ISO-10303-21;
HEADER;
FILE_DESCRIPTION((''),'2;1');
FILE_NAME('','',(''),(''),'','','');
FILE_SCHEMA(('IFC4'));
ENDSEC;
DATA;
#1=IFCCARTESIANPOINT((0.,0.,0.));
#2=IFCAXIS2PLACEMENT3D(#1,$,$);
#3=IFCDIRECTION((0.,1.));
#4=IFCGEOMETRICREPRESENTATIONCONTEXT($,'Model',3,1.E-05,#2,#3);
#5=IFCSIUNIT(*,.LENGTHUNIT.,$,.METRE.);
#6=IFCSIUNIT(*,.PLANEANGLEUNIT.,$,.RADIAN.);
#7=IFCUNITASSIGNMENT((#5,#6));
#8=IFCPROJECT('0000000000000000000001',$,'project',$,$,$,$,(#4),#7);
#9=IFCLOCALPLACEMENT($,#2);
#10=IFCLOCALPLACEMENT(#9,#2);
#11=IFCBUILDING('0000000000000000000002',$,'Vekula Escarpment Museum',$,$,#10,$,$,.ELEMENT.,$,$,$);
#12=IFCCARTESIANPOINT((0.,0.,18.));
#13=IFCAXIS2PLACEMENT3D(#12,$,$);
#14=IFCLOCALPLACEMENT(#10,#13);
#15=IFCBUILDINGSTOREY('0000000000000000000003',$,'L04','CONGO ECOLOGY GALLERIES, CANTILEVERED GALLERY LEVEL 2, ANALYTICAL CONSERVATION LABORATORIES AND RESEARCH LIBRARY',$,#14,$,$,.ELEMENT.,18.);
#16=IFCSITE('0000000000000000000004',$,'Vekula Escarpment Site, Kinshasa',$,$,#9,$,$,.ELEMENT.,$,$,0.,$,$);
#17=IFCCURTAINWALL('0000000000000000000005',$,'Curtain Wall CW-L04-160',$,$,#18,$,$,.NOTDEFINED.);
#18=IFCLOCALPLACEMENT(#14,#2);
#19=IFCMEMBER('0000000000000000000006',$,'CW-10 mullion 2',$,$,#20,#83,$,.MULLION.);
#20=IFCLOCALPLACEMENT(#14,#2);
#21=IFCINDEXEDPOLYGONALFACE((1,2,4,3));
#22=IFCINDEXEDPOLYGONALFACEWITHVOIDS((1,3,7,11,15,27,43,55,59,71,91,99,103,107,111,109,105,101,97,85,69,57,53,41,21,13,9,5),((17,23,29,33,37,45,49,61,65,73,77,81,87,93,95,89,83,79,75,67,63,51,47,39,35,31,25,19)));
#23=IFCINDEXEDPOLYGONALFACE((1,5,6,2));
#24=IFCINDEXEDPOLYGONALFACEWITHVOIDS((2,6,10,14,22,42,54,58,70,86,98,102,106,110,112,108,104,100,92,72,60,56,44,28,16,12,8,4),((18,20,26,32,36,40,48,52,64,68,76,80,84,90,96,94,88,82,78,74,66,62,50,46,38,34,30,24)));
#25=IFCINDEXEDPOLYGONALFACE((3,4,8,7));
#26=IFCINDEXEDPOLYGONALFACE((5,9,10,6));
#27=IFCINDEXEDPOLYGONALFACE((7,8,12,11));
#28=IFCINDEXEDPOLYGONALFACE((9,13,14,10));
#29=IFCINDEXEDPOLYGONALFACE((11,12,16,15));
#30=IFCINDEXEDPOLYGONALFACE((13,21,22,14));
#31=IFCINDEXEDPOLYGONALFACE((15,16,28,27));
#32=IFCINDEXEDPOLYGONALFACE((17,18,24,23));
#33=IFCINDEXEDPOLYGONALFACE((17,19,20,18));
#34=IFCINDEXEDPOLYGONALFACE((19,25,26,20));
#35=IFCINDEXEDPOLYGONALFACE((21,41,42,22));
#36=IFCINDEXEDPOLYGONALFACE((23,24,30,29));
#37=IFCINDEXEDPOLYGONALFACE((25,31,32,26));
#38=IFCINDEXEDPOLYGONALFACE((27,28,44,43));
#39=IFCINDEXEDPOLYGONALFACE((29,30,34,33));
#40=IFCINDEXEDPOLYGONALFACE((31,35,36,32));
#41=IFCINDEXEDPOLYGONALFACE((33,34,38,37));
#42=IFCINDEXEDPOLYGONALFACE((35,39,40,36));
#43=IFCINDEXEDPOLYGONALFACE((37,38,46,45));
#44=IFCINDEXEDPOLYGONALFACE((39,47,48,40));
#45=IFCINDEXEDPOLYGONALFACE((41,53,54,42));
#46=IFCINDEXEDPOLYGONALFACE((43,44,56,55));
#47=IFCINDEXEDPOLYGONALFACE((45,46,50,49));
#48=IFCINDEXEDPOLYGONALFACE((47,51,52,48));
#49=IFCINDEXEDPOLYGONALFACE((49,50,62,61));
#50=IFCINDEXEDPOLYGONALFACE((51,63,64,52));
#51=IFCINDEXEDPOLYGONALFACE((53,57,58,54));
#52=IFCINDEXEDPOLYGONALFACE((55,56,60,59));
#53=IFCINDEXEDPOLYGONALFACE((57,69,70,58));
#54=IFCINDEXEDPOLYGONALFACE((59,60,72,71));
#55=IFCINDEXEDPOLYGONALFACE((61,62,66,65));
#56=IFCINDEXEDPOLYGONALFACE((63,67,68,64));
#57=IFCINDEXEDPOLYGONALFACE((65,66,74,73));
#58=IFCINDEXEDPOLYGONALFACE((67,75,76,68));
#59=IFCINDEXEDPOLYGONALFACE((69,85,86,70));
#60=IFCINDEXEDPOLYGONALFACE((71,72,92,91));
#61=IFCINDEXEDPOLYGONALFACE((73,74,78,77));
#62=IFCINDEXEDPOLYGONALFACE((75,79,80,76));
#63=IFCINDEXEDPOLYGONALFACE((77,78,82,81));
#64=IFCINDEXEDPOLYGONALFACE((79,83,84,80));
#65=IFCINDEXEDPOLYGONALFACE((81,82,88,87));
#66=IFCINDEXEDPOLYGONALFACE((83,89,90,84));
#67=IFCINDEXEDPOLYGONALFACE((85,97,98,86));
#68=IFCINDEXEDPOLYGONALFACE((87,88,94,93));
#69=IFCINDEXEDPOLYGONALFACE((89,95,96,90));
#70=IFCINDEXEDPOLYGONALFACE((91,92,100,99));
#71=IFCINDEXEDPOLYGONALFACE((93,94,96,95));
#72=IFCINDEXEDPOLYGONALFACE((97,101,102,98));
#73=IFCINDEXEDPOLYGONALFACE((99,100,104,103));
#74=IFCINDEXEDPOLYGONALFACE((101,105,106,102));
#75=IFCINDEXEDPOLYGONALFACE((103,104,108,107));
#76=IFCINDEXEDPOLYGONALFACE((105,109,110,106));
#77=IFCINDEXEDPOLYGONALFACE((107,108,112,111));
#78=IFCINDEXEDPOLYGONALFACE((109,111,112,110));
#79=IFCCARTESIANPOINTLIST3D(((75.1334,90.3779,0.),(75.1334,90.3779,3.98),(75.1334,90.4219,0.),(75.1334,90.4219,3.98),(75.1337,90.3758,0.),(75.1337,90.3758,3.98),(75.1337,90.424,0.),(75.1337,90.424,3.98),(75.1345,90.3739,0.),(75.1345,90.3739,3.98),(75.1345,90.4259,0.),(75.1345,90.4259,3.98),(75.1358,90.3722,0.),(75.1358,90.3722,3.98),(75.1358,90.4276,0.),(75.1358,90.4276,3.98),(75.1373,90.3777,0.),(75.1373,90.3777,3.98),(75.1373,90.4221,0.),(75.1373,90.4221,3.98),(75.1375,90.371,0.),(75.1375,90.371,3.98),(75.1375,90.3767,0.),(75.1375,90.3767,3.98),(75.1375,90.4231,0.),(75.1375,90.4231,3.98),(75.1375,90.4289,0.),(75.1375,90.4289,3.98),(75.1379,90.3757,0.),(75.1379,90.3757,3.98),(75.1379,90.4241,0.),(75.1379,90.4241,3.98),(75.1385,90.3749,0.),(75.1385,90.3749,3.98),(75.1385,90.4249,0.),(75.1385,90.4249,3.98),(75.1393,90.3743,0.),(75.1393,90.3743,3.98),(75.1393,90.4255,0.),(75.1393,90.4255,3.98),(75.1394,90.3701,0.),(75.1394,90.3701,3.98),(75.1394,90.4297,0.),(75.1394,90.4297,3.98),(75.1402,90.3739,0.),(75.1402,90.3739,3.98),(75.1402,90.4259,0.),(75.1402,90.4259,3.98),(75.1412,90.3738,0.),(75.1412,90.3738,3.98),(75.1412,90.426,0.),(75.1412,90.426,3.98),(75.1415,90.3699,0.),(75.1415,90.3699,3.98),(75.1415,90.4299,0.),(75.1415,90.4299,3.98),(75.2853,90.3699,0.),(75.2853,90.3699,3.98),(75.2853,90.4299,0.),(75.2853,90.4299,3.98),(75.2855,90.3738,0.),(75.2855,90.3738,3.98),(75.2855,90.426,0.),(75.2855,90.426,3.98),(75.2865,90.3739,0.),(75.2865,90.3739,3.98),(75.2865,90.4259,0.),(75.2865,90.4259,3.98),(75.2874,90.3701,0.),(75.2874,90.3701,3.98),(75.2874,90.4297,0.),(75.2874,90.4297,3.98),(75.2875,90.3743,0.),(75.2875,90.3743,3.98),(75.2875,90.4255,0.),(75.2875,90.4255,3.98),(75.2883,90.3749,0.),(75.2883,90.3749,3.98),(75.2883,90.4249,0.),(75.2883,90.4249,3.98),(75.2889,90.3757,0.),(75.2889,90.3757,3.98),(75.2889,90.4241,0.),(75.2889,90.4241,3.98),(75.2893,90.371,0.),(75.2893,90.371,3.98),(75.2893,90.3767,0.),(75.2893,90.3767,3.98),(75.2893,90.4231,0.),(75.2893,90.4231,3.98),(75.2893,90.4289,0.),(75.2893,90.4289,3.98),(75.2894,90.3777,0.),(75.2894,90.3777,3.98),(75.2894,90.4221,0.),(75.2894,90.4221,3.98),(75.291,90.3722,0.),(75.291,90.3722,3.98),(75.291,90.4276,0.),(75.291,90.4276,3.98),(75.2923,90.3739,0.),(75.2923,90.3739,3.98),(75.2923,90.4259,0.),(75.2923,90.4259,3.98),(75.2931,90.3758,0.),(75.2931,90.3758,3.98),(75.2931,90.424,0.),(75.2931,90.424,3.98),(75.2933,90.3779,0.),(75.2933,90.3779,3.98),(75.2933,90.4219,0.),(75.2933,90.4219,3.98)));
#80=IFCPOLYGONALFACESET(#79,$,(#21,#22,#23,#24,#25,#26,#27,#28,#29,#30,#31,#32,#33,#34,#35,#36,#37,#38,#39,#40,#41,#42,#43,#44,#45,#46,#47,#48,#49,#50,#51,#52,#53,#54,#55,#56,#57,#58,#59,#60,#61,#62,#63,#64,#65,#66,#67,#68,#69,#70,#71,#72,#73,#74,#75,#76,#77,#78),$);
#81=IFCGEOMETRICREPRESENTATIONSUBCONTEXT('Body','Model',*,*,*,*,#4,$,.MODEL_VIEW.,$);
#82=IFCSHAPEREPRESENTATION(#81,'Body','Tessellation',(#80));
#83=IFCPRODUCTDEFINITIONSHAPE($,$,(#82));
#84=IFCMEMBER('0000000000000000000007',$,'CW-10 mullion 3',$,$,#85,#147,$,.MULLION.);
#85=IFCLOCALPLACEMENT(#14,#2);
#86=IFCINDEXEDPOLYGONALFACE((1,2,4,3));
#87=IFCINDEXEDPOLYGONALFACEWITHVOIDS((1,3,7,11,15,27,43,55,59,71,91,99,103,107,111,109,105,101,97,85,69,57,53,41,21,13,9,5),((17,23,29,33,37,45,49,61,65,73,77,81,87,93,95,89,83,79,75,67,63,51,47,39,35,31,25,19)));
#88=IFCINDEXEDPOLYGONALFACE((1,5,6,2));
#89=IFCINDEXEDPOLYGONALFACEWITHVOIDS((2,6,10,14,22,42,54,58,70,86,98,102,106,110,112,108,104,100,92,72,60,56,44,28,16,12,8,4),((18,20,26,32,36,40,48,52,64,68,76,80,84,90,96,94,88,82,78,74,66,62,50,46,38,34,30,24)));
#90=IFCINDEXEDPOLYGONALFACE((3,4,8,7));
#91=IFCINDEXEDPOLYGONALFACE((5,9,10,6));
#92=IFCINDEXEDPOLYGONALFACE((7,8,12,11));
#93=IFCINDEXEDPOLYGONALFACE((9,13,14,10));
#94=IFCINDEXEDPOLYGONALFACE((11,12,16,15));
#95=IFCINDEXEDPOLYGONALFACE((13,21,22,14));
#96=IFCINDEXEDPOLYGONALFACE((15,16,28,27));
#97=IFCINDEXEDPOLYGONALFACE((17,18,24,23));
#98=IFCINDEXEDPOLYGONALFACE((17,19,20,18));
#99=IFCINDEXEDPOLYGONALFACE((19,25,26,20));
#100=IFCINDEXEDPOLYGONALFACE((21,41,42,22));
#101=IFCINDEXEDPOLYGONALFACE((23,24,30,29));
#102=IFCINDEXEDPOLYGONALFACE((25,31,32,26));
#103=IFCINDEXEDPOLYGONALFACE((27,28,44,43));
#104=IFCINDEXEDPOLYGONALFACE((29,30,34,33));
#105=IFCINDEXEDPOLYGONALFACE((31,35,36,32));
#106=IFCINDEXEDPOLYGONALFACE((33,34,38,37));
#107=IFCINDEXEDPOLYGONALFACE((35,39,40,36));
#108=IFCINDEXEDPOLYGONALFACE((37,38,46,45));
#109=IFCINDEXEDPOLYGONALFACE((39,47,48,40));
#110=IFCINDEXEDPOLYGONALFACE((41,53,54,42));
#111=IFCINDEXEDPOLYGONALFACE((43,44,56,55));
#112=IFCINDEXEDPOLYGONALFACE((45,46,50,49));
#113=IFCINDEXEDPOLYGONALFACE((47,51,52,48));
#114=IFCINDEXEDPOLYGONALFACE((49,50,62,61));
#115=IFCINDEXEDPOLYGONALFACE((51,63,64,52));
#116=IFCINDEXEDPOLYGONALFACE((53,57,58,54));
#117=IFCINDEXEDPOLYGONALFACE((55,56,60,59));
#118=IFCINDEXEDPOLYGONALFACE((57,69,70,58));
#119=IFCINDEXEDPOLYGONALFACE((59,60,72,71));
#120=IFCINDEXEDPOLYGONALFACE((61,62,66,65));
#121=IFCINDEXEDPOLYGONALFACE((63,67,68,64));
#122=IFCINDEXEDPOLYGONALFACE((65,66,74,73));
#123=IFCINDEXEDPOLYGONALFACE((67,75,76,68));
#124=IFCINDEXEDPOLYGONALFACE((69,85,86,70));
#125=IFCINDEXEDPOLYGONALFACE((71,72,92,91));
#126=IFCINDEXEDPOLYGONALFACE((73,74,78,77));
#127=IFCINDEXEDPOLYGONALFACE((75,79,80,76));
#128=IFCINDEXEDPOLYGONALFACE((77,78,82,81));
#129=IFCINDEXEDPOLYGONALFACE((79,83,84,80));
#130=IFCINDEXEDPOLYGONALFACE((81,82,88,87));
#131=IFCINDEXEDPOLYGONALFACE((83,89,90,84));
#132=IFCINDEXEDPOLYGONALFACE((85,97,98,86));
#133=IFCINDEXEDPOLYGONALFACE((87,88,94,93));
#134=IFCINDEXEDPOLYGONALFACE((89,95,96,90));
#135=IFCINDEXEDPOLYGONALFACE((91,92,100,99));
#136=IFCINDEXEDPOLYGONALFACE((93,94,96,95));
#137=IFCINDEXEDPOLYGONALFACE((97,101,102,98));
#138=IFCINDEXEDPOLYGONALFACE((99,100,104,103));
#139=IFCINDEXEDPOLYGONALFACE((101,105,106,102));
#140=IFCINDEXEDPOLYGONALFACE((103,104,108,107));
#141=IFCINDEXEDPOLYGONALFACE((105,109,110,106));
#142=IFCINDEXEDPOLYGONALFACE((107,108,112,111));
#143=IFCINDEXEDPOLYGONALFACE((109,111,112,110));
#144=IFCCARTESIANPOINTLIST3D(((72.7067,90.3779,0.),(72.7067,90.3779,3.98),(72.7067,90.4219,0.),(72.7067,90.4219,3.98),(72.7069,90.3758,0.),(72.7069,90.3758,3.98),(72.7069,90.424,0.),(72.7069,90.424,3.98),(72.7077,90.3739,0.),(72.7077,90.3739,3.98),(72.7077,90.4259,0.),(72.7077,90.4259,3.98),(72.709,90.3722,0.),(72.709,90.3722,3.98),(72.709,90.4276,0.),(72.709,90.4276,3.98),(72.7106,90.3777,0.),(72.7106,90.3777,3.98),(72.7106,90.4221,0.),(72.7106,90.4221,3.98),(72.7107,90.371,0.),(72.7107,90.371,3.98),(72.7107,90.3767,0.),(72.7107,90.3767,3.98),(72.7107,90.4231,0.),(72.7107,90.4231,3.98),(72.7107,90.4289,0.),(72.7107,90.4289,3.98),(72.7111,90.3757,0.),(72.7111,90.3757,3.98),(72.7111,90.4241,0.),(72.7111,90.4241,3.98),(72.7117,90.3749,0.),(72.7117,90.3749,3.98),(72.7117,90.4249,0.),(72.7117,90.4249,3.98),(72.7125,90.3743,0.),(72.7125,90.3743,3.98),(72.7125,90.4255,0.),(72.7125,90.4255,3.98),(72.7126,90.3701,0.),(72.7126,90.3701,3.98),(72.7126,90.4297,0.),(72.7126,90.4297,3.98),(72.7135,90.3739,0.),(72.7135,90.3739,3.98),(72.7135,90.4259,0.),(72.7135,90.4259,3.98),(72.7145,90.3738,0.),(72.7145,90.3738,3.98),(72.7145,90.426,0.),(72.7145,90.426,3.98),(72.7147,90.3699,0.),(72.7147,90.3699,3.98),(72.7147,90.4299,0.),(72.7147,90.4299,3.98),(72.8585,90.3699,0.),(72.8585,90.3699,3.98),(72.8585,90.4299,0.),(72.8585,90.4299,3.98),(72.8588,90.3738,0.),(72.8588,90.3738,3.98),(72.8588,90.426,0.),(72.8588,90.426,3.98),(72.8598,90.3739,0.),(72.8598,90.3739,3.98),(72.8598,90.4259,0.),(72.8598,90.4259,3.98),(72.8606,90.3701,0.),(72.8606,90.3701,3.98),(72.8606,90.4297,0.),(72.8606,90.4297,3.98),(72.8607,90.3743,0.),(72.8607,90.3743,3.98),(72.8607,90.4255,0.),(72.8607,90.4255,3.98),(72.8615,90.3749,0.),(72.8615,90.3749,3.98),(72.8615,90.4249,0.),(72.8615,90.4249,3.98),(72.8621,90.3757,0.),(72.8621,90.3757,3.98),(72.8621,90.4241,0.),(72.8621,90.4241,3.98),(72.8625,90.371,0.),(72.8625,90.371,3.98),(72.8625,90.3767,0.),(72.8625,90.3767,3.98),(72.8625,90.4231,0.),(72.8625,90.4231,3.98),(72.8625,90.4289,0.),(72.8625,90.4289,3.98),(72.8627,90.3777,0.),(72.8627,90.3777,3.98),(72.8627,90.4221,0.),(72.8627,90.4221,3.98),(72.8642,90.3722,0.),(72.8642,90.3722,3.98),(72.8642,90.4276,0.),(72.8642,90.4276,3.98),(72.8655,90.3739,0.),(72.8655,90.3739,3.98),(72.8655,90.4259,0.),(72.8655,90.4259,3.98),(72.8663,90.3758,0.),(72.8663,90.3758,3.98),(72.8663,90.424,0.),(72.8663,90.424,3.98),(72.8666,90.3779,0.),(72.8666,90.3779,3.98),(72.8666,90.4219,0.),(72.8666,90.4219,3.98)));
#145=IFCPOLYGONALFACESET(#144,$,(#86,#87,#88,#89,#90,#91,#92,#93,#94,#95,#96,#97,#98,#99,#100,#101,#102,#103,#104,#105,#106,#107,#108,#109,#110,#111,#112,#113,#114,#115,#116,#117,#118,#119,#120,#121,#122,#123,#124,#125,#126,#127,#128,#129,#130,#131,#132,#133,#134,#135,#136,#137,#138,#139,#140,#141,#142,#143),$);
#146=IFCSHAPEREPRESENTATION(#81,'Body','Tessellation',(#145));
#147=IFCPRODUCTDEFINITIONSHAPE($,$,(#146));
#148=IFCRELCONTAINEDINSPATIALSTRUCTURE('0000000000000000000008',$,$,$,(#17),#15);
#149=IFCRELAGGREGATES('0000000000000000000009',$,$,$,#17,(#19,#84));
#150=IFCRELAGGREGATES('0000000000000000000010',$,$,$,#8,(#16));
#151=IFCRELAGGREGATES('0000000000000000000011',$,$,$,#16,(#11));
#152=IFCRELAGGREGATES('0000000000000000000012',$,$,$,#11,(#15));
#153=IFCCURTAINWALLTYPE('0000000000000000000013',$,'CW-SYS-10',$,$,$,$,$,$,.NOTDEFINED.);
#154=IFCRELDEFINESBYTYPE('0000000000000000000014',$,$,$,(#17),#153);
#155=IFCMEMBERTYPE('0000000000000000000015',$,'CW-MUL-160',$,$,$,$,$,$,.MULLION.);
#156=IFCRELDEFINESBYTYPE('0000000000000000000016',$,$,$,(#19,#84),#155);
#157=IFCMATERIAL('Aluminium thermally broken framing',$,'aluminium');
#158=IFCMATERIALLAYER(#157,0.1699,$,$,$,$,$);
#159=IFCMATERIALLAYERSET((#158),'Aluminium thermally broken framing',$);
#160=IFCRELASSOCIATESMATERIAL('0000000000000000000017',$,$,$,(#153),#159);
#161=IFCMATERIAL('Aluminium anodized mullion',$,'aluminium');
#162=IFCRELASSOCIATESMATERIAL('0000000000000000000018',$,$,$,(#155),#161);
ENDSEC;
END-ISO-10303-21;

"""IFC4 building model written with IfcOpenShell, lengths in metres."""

from ifc_helpers import new_model, si_unit, direction, frame, origin, origin_2d, place, context, subcontext, project, spatial, hollow_rectangle, extrude, material, layer, layer_set, material_profile, profile_set, type_object, element, aggregate, save


model = new_model("IFC4")

# Units and contexts
model_context = context("Model", 3, precision=1e-05, world=origin(), true_north=direction((0.0, 1.0)))
body_context = subcontext(model_context, "Body", "Model", "MODEL_VIEW")
ifc_project = project(units=[si_unit("LENGTHUNIT", "METRE"), si_unit("PLANEANGLEUNIT", "RADIAN")], contexts=[model_context])

# Site, building, storey
site_placement = place(None, origin())
site = spatial("IfcSite", under=ifc_project, at=site_placement, Name="Vekula Escarpment Site, Kinshasa", CompositionType="ELEMENT", RefElevation=0.0)
building_placement = place(site_placement, origin())
building = spatial("IfcBuilding", under=site, at=building_placement, Name="Vekula Escarpment Museum", CompositionType="ELEMENT")
storey_placement = place(building_placement, frame((0.0, 0.0, 18.0)))
storey = spatial("IfcBuildingStorey", under=building, at=storey_placement, Name="L04", Description="CONGO ECOLOGY GALLERIES, CANTILEVERED GALLERY LEVEL 2, ANALYTICAL CONSERVATION LABORATORIES AND RESEARCH LIBRARY", CompositionType="ELEMENT", Elevation=18.0)

# Curtain wall, members
ifc_material_1 = material(Name="Aluminium thermally broken framing", Category="aluminium")
ifc_layer_1 = layer(ifc_material_1, 0.1699)
ifc_layer_set_1 = layer_set([ifc_layer_1], Name="Aluminium thermally broken framing")
curtain_wall_type_1 = type_object("IfcCurtainWallType", Name="CW-SYS-10", PredefinedType="NOTDEFINED", material=ifc_layer_set_1)
curtain_wall_1_placement = place(storey_placement, origin())
curtain_wall_1 = element("IfcCurtainWall", 1, at=curtain_wall_1_placement, inside=storey, type_object=curtain_wall_type_1, Name="Curtain Wall CW-L04-160", PredefinedType="NOTDEFINED")
ifc_material_2 = material(Name="Aluminium anodized mullion", Category="aluminium")
ifc_material_profile_1 = material_profile(ifc_material_2, hollow_rectangle(XDim=0.0601, YDim=0.1599, WallThickness=0.0039, InnerFilletRadius=0.0039, OuterFilletRadius=0.0081, at=origin_2d()), Name="ALU 160x60x4")
ifc_profile_set_1 = profile_set([ifc_material_profile_1], Name="Aluminium anodized mullion")
member_type_1 = type_object("IfcMemberType", Name="CW-MUL-160", PredefinedType="MULLION", material=ifc_profile_set_1)
member_1_placement = place(storey_placement, frame((75.2134, 90.3999, 0.0), z_axis=(0.0, 0.0, 1.0), x_axis=(0.0, -1.0, 0.0)))
member_1 = element("IfcMember", 2, at=member_1_placement, type_object=member_type_1, Name="CW-10 mullion 2", PredefinedType="MULLION", context=body_context, shape_type="SweptSolid", body=[
    extrude(hollow_rectangle(XDim=0.0601, YDim=0.1599, WallThickness=0.0039, InnerFilletRadius=0.0039, OuterFilletRadius=0.0081, at=origin_2d()), origin(), (0.0, 0.0, 1.0), 3.98),
])
member_2_placement = place(storey_placement, frame((72.7866, 90.3999, 0.0), z_axis=(0.0, 0.0, 1.0), x_axis=(0.0, -1.0, 0.0)))
member_2 = element("IfcMember", 3, at=member_2_placement, type_object=member_type_1, Name="CW-10 mullion 3", PredefinedType="MULLION", context=body_context, shape_type="SweptSolid", body=[
    extrude(hollow_rectangle(XDim=0.0601, YDim=0.1599, WallThickness=0.0039, InnerFilletRadius=0.0039, OuterFilletRadius=0.0081, at=origin_2d()), origin(), (0.0, 0.0, 1.0), 3.98),
])

aggregate(curtain_wall_1, [member_1, member_2])

save(model, "model.ifc")
